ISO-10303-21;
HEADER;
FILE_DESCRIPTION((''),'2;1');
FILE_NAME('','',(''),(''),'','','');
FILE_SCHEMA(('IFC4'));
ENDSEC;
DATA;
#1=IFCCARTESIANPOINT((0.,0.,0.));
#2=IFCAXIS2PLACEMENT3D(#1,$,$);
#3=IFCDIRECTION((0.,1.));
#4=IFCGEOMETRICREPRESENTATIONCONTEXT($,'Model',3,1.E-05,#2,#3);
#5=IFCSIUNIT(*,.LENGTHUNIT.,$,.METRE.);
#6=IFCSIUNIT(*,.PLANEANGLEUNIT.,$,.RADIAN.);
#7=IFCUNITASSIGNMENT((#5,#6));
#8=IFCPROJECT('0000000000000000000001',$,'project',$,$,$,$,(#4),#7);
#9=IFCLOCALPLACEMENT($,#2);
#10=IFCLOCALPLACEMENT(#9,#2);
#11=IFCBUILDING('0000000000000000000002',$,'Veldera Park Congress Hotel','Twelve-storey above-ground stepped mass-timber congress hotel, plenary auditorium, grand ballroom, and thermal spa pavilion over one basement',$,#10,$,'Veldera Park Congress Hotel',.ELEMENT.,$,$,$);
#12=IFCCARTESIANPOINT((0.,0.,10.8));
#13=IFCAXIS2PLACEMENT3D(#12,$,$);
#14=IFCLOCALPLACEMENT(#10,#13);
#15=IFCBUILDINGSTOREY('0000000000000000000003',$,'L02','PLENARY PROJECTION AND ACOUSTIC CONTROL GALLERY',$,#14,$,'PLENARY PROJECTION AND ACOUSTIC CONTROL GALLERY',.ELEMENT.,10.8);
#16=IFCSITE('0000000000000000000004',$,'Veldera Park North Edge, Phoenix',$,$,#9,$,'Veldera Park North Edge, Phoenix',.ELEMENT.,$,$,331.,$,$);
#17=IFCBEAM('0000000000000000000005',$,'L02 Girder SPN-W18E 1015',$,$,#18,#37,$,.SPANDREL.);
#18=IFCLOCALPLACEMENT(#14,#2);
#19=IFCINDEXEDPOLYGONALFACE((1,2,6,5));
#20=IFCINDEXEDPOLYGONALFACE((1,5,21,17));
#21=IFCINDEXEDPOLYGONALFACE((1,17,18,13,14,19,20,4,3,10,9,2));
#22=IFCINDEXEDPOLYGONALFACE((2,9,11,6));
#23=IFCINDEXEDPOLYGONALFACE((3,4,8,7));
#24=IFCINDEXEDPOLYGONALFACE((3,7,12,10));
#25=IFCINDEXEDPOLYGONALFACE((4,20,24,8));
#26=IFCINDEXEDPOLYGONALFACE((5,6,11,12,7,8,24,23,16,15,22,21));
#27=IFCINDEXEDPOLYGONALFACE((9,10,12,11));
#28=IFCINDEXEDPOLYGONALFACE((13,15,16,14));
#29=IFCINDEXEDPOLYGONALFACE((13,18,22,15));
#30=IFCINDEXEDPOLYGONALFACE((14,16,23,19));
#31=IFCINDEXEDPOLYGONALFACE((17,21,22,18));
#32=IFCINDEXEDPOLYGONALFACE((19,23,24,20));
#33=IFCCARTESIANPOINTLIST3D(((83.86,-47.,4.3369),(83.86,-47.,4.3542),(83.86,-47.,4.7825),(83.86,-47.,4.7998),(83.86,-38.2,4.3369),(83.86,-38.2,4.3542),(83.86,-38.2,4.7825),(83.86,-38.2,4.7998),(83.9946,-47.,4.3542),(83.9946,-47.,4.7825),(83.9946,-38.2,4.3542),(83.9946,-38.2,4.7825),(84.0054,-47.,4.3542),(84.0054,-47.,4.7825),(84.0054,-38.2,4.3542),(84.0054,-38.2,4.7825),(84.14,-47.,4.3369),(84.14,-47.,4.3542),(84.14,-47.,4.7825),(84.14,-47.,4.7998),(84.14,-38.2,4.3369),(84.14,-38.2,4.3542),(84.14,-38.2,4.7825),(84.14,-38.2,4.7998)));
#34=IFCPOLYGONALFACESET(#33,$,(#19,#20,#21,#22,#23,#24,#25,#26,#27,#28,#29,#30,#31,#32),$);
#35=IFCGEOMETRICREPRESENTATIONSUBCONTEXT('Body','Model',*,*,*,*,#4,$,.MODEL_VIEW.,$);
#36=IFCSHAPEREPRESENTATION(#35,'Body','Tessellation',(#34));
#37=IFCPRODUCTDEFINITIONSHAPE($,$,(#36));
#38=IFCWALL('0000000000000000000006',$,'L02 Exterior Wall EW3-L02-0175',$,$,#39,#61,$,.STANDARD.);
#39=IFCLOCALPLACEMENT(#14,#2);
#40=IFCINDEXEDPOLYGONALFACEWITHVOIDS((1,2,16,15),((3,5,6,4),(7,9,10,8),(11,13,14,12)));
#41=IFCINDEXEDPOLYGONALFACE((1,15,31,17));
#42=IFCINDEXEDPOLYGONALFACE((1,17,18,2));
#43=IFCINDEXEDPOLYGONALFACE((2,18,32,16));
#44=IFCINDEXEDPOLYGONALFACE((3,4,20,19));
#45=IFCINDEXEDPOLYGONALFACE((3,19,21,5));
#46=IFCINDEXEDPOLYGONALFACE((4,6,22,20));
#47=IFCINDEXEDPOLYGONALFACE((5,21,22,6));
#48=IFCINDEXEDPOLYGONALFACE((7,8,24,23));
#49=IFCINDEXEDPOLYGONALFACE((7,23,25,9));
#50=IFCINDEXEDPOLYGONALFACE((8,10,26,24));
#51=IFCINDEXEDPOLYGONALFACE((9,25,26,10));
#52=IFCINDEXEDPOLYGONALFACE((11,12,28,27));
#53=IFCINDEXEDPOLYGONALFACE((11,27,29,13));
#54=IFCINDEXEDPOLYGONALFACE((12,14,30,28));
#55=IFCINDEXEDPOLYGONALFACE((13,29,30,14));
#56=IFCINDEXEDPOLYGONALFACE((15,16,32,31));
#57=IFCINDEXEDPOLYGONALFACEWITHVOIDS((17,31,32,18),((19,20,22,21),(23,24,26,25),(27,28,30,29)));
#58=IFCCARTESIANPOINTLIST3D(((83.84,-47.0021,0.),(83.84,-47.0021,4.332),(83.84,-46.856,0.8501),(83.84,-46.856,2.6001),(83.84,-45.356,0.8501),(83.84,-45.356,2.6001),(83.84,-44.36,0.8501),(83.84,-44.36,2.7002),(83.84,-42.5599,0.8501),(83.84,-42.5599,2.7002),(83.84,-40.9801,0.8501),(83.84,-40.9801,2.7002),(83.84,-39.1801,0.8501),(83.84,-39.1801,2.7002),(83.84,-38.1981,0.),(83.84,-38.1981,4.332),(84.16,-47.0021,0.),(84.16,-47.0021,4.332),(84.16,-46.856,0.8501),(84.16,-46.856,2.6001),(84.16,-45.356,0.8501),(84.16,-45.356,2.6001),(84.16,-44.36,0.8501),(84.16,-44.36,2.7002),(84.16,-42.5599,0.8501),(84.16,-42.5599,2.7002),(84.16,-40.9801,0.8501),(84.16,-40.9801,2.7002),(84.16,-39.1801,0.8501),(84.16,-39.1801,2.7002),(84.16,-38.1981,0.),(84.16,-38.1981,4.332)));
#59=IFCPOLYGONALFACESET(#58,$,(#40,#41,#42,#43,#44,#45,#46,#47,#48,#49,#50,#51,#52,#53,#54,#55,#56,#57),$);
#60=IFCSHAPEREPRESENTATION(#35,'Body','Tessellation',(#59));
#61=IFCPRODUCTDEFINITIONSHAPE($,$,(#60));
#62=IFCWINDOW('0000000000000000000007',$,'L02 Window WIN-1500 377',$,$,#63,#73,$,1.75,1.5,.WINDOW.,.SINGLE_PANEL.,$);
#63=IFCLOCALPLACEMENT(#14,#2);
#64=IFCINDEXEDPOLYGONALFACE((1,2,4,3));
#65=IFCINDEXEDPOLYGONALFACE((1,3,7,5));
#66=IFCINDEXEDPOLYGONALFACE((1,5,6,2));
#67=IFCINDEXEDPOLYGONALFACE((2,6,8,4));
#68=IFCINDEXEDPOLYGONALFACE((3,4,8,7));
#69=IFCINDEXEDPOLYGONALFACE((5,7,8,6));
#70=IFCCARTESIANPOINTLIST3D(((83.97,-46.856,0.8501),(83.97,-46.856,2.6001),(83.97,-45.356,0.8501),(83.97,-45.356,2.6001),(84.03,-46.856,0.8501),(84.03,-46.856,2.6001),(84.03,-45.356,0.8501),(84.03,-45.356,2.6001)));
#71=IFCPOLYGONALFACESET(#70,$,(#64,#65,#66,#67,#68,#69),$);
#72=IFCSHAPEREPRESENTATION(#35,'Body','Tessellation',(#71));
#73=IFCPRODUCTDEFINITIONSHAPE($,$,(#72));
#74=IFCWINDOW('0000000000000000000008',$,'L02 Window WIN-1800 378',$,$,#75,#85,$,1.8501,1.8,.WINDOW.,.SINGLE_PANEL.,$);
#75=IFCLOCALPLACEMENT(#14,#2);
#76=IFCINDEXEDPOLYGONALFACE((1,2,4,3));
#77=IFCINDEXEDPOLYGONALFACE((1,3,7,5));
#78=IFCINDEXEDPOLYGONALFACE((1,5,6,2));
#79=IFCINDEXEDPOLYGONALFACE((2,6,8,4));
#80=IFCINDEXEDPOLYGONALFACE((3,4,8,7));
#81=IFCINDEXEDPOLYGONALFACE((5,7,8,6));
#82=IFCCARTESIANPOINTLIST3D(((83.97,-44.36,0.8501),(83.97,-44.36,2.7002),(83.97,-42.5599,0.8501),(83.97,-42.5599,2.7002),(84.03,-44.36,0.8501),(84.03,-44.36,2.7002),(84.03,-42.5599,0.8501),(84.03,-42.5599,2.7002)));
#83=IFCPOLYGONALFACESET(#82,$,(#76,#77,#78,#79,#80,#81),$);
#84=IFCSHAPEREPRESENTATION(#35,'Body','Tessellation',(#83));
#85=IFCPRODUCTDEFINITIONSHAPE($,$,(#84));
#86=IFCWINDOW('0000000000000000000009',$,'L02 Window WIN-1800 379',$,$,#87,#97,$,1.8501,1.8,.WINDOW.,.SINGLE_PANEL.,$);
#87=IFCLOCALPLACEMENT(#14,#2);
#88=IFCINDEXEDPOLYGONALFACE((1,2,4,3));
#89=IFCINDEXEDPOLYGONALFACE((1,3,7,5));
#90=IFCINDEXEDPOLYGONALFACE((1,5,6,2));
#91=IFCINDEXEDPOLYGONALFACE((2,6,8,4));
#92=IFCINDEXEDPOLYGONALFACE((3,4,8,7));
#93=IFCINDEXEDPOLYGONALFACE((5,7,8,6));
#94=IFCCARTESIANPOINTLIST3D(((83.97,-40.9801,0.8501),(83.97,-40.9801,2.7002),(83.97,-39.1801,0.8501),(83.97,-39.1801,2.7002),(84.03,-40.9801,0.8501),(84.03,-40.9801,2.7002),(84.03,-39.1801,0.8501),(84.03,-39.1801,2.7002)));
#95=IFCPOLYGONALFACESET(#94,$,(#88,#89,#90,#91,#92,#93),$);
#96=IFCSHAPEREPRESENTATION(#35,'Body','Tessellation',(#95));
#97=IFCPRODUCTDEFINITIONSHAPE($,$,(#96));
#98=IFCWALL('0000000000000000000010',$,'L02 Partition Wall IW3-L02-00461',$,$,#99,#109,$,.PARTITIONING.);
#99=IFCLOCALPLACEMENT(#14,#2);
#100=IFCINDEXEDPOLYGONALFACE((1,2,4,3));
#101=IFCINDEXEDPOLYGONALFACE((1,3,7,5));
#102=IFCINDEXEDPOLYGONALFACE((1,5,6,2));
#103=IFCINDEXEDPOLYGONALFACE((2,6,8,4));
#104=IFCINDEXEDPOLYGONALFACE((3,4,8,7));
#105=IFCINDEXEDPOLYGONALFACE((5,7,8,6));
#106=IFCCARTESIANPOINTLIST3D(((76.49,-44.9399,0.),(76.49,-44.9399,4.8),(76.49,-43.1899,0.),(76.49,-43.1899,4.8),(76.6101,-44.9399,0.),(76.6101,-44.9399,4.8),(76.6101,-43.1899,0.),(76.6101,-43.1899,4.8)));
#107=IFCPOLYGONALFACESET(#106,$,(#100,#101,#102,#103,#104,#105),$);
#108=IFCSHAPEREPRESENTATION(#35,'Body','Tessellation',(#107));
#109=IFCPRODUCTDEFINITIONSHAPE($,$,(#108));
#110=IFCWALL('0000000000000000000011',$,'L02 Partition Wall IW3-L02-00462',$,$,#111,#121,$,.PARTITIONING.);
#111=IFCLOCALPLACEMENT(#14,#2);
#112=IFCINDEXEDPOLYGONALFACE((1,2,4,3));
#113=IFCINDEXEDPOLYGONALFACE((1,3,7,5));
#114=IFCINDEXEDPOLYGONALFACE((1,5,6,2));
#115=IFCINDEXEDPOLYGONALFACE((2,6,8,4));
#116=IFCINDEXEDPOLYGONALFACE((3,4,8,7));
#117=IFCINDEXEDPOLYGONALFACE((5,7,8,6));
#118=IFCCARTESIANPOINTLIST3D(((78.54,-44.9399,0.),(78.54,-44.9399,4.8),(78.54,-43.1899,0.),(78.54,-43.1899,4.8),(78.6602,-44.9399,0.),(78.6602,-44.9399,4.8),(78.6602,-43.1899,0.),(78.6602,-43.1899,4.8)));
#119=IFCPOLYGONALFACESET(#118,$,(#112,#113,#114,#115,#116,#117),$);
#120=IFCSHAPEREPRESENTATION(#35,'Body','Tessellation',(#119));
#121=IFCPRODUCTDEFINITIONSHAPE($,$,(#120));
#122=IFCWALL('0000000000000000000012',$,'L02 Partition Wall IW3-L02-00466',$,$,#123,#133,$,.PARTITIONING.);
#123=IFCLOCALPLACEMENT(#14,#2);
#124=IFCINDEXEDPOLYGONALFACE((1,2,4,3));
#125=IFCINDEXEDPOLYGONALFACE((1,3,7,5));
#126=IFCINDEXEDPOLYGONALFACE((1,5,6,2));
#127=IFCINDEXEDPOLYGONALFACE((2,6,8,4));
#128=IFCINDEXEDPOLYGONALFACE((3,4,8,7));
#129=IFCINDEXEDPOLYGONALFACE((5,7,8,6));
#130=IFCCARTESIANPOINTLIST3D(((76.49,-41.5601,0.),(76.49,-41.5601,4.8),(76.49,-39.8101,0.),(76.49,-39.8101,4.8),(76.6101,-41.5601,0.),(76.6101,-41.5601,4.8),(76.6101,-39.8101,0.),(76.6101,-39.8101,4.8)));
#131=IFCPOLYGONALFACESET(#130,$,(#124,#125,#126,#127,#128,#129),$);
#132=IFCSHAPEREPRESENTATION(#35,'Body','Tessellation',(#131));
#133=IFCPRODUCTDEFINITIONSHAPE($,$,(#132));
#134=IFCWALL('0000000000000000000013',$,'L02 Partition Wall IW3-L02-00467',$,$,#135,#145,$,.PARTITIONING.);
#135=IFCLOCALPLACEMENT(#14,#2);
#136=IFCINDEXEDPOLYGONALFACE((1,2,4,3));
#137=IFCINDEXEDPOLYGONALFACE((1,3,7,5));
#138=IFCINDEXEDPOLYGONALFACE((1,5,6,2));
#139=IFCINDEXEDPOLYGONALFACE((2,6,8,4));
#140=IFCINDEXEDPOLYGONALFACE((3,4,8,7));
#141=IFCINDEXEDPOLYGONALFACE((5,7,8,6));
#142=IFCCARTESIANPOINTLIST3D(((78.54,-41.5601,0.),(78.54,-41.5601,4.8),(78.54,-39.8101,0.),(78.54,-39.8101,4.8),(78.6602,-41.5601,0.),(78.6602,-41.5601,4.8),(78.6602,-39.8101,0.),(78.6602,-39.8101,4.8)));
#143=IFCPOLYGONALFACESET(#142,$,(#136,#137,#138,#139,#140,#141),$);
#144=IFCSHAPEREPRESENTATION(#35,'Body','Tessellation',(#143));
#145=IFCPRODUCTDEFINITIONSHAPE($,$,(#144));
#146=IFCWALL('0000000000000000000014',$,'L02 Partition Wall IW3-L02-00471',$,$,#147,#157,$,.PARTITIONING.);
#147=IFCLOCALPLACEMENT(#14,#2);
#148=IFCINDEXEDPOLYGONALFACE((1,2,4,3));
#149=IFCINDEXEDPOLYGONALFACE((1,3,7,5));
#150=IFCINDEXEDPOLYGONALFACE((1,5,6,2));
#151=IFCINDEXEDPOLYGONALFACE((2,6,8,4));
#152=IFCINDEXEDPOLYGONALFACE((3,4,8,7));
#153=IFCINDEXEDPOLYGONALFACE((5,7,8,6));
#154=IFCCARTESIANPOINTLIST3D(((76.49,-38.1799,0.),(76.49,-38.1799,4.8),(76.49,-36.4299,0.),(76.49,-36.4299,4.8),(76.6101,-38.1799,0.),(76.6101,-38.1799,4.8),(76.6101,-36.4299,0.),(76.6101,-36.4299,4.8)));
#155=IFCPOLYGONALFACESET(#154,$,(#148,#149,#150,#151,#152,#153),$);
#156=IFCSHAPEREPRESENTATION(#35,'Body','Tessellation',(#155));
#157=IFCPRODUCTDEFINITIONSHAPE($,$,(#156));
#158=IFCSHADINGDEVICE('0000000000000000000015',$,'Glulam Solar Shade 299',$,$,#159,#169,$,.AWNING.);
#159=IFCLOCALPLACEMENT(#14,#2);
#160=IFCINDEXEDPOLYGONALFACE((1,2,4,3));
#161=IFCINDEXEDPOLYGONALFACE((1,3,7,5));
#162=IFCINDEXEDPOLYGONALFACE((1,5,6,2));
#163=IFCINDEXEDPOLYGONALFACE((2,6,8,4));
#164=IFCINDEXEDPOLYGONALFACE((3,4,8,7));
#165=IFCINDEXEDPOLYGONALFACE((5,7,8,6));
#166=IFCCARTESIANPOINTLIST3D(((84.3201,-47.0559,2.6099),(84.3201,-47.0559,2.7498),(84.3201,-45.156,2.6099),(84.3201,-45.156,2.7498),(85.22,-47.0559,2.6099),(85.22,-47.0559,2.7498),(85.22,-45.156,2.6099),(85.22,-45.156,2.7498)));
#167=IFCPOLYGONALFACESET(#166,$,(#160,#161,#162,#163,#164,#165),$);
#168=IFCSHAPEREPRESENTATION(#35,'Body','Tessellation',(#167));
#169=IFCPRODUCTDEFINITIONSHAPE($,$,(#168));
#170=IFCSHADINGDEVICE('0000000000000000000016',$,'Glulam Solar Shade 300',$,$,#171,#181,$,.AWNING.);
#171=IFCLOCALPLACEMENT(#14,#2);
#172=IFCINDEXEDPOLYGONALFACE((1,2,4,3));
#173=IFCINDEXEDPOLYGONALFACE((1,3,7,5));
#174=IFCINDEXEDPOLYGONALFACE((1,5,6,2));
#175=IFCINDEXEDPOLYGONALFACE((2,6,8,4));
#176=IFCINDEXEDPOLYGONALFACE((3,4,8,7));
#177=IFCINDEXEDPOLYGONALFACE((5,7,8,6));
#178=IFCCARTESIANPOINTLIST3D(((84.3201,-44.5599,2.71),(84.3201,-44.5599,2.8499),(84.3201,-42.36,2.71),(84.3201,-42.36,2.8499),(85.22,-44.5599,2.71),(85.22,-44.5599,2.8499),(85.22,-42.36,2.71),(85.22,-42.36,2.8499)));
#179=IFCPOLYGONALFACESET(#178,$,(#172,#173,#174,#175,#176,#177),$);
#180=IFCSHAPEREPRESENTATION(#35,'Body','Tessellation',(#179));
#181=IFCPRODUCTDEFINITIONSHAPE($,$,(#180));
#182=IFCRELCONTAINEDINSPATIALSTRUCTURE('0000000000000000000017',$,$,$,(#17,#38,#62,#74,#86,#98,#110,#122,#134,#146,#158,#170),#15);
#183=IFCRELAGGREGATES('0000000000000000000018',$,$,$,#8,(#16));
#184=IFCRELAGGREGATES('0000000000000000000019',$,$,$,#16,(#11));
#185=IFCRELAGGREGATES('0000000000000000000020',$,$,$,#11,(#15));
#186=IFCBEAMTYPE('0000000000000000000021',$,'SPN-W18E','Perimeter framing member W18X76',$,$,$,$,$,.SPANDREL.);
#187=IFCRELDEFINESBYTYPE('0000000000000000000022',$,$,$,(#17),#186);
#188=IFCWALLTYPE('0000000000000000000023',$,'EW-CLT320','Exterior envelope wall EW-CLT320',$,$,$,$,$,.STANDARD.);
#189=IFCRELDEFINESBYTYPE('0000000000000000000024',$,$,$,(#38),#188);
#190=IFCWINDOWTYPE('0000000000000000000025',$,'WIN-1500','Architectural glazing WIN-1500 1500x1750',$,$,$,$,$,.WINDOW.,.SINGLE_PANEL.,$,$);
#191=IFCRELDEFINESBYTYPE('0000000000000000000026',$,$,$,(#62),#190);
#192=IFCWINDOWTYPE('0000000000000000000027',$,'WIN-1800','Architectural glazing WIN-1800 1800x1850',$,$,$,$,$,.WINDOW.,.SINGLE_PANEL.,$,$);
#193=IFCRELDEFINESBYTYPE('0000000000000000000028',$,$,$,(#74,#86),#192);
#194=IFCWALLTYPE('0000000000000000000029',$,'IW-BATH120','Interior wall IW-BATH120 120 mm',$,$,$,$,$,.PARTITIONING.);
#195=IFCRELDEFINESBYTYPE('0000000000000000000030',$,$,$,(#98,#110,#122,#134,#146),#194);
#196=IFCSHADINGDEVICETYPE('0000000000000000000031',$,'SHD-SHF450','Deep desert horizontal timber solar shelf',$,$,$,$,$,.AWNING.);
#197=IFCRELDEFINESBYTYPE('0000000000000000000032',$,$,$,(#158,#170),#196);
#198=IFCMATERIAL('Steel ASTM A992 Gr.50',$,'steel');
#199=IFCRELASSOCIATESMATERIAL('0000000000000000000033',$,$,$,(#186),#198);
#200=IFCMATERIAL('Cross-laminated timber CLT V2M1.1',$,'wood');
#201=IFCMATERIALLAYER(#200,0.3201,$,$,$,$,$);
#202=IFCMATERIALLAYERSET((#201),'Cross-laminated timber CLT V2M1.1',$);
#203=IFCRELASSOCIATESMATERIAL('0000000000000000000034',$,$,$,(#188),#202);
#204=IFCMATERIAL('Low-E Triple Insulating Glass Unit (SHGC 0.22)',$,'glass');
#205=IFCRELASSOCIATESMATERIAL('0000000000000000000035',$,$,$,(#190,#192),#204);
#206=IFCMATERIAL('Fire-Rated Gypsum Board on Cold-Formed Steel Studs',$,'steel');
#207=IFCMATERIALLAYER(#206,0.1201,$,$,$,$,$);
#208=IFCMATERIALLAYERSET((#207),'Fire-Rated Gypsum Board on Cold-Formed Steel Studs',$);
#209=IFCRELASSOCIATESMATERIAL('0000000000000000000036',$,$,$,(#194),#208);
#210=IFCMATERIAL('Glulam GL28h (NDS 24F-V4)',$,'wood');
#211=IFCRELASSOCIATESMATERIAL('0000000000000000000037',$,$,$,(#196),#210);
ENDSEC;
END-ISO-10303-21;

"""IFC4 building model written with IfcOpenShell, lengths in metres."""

from ifc_helpers import new_model, si_unit, direction, frame, frame_2d, origin, origin_2d, place, context, subcontext, project, spatial, rectangle, i_section, extrude, material, layer, layer_set, material_profile, profile_set, type_object, element, fill, save


model = new_model("IFC4")

# Units and contexts
model_context = context("Model", 3, precision=1e-05, world=origin(), true_north=direction((0.0, 1.0)))
body_context = subcontext(model_context, "Body", "Model", "MODEL_VIEW")
ifc_project = project(units=[si_unit("LENGTHUNIT", "METRE"), si_unit("PLANEANGLEUNIT", "RADIAN")], contexts=[model_context])

# Site, building, storey
site_placement = place(None, origin())
site = spatial("IfcSite", under=ifc_project, at=site_placement, Name="Veldera Park North Edge, Phoenix", LongName="Veldera Park North Edge, Phoenix", CompositionType="ELEMENT", RefElevation=331.0)
building_placement = place(site_placement, origin())
building = spatial("IfcBuilding", under=site, at=building_placement, Name="Veldera Park Congress Hotel", Description="Twelve-storey above-ground stepped mass-timber congress hotel, plenary auditorium, grand ballroom, and thermal spa pavilion over one basement", LongName="Veldera Park Congress Hotel", CompositionType="ELEMENT")
storey_placement = place(building_placement, frame((0.0, 0.0, 10.8)))
storey = spatial("IfcBuildingStorey", under=building, at=storey_placement, Name="L02", Description="PLENARY PROJECTION AND ACOUSTIC CONTROL GALLERY", LongName="PLENARY PROJECTION AND ACOUSTIC CONTROL GALLERY", CompositionType="ELEMENT", Elevation=10.8)

# Beam
ifc_material_1 = material(Name="Steel ASTM A992 Gr.50", Category="steel")
ifc_material_profile = material_profile(ifc_material_1, i_section(OverallWidth=0.28, OverallDepth=0.4629, WebThickness=0.0107, FlangeThickness=0.0173, at=origin_2d()), Name="W18X76")
ifc_profile_set = profile_set([ifc_material_profile], Name="Steel ASTM A992 Gr.50")
beam_type = type_object("IfcBeamType", Name="SPN-W18E", Description="Perimeter framing member W18X76", PredefinedType="SPANDREL", material=ifc_profile_set)
beam_placement = place(storey_placement, frame((84.0, -47.0, 4.5684), z_axis=(0.0, 1.0, 0.0), x_axis=(-1.0, 0.0, 0.0)))
element("IfcBeam", 1, at=beam_placement, inside=storey, type_object=beam_type, Name="L02 Girder SPN-W18E 1015", PredefinedType="SPANDREL", context=body_context, shape_type="SweptSolid", body=[
    extrude(i_section(OverallWidth=0.28, OverallDepth=0.4629, WebThickness=0.0107, FlangeThickness=0.0173, at=origin_2d()), origin(), (0.0, 0.0, 1.0), 8.8),
])

# Wall, openings, windows
ifc_material_2 = material(Name="Cross-laminated timber CLT V2M1.1", Category="wood")
ifc_layer_1 = layer(ifc_material_2, 0.3201)
ifc_layer_set_1 = layer_set([ifc_layer_1], Name="Cross-laminated timber CLT V2M1.1")
wall_type_1 = type_object("IfcWallType", Name="EW-CLT320", Description="Exterior envelope wall EW-CLT320", PredefinedType="STANDARD", material=ifc_layer_set_1)
wall_1_placement = place(storey_placement, frame((84.0, -47.002, 0.0), z_axis=(0.0, 0.0, 1.0), x_axis=(0.0, 1.0, 0.0)))
wall_1 = element("IfcWall", 2, at=wall_1_placement, inside=storey, type_object=wall_type_1, Name="L02 Exterior Wall EW3-L02-0175", PredefinedType="STANDARD", context=body_context, shape_type="SweptSolid", body=[
    extrude(rectangle(XDim=8.804, YDim=0.3201, at=frame_2d((4.4019, 0.0))), origin(), (0.0, 0.0, 1.0), 4.332),
])
opening_1_placement = place(wall_1_placement, frame((0.146, 0.0, 0.8501)))
opening_1 = element("IfcOpeningElement", 3, at=opening_1_placement, cuts=wall_1, PredefinedType="OPENING", context=body_context, shape_type="SweptSolid", body=[
    extrude(rectangle(XDim=1.5, YDim=1.75, at=frame_2d((0.75, 0.875))), frame((0.0, 0.1721, 0.0), z_axis=(0.0, -1.0, 0.0), x_axis=(1.0, 0.0, 0.0)), (0.0, 0.0, 1.0), 0.344),
])
opening_2_placement = place(wall_1_placement, frame((2.6421, 0.0, 0.8501)))
opening_2 = element("IfcOpeningElement", 4, at=opening_2_placement, cuts=wall_1, PredefinedType="OPENING", context=body_context, shape_type="SweptSolid", body=[
    extrude(rectangle(XDim=1.8, YDim=1.8501, at=frame_2d((0.8999, 0.925))), frame((0.0, 0.1721, 0.0), z_axis=(0.0, -1.0, 0.0), x_axis=(1.0, 0.0, 0.0)), (0.0, 0.0, 1.0), 0.344),
])
opening_3_placement = place(wall_1_placement, frame((6.022, 0.0, 0.8501)))
opening_3 = element("IfcOpeningElement", 5, at=opening_3_placement, cuts=wall_1, PredefinedType="OPENING", context=body_context, shape_type="SweptSolid", body=[
    extrude(rectangle(XDim=1.8, YDim=1.8501, at=frame_2d((0.8999, 0.925))), frame((0.0, 0.1721, 0.0), z_axis=(0.0, -1.0, 0.0), x_axis=(1.0, 0.0, 0.0)), (0.0, 0.0, 1.0), 0.344),
])
ifc_material_3 = material(Name="Low-E Triple Insulating Glass Unit (SHGC 0.22)", Category="glass")
window_type_1 = type_object("IfcWindowType", Name="WIN-1500", Description="Architectural glazing WIN-1500 1500x1750", PartitioningType="SINGLE_PANEL", PredefinedType="WINDOW", material=ifc_material_3)
window_1_placement = place(opening_1_placement, origin())
window_1 = element("IfcWindow", 6, at=window_1_placement, inside=storey, type_object=window_type_1, Name="L02 Window WIN-1500 377", OverallHeight=1.75, OverallWidth=1.5, PartitioningType="SINGLE_PANEL", PredefinedType="WINDOW", context=body_context, shape_type="SweptSolid", body=[
    extrude(rectangle(XDim=1.5, YDim=1.75, at=frame_2d((0.75, 0.875))), frame((0.0, 0.03, 0.0), z_axis=(0.0, -1.0, 0.0), x_axis=(1.0, 0.0, 0.0)), (0.0, 0.0, 1.0), 0.0601),
])
fill(opening_1, window_1)
window_type_2 = type_object("IfcWindowType", Name="WIN-1800", Description="Architectural glazing WIN-1800 1800x1850", PartitioningType="SINGLE_PANEL", PredefinedType="WINDOW", material=ifc_material_3)
window_2_placement = place(opening_2_placement, origin())
window_2 = element("IfcWindow", 7, at=window_2_placement, inside=storey, type_object=window_type_2, Name="L02 Window WIN-1800 378", OverallHeight=1.8501, OverallWidth=1.8, PartitioningType="SINGLE_PANEL", PredefinedType="WINDOW", context=body_context, shape_type="SweptSolid", body=[
    extrude(rectangle(XDim=1.8, YDim=1.8501, at=frame_2d((0.8999, 0.925))), frame((0.0, 0.03, 0.0), z_axis=(0.0, -1.0, 0.0), x_axis=(1.0, 0.0, 0.0)), (0.0, 0.0, 1.0), 0.0601),
])
fill(opening_2, window_2)
window_3_placement = place(opening_3_placement, origin())
window_3 = element("IfcWindow", 8, at=window_3_placement, inside=storey, type_object=window_type_2, Name="L02 Window WIN-1800 379", OverallHeight=1.8501, OverallWidth=1.8, PartitioningType="SINGLE_PANEL", PredefinedType="WINDOW", context=body_context, shape_type="SweptSolid", body=[
    extrude(rectangle(XDim=1.8, YDim=1.8501, at=frame_2d((0.8999, 0.925))), frame((0.0, 0.03, 0.0), z_axis=(0.0, -1.0, 0.0), x_axis=(1.0, 0.0, 0.0)), (0.0, 0.0, 1.0), 0.0601),
])
fill(opening_3, window_3)

# Shared definitions
ifc_material_4 = material(Name="Fire-Rated Gypsum Board on Cold-Formed Steel Studs", Category="steel")
ifc_layer_2 = layer(ifc_material_4, 0.1201)
ifc_layer_set_2 = layer_set([ifc_layer_2], Name="Fire-Rated Gypsum Board on Cold-Formed Steel Studs")
wall_type_2 = type_object("IfcWallType", Name="IW-BATH120", Description="Interior wall IW-BATH120 120 mm", PredefinedType="PARTITIONING", material=ifc_layer_set_2)

# Walls
for number, where, z_axis, x_axis, name in (
    (9, (76.55, -44.9399, 0.0), (0.0, 0.0, 1.0), (0.0, 1.0, 0.0), "L02 Partition Wall IW3-L02-00461"),
    (10, (78.6001, -44.9399, 0.0), (0.0, 0.0, 1.0), (0.0, 1.0, 0.0), "L02 Partition Wall IW3-L02-00462"),
):
    element("IfcWall", number, at=place(storey_placement, frame(where, z_axis=z_axis, x_axis=x_axis)), inside=storey, type_object=wall_type_2, Name=name, PredefinedType="PARTITIONING", context=body_context, shape_type="SweptSolid", body=[
        extrude(rectangle(XDim=1.75, YDim=0.1201, at=frame_2d((0.875, 0.0))), origin(), (0.0, 0.0, 1.0), 4.8),
    ])

# Walls
for number, where, z_axis, x_axis, name in (
    (11, (76.55, -41.5601, 0.0), (0.0, 0.0, 1.0), (0.0, 1.0, 0.0), "L02 Partition Wall IW3-L02-00466"),
    (12, (78.6001, -41.5601, 0.0), (0.0, 0.0, 1.0), (0.0, 1.0, 0.0), "L02 Partition Wall IW3-L02-00467"),
):
    element("IfcWall", number, at=place(storey_placement, frame(where, z_axis=z_axis, x_axis=x_axis)), inside=storey, type_object=wall_type_2, Name=name, PredefinedType="PARTITIONING", context=body_context, shape_type="SweptSolid", body=[
        extrude(rectangle(XDim=1.75, YDim=0.1201, at=frame_2d((0.875, 0.0))), origin(), (0.0, 0.0, 1.0), 4.8),
    ])

# Wall
wall_2_placement = place(storey_placement, frame((76.55, -38.1799, 0.0), z_axis=(0.0, 0.0, 1.0), x_axis=(0.0, 1.0, 0.0)))
element("IfcWall", 13, at=wall_2_placement, inside=storey, type_object=wall_type_2, Name="L02 Partition Wall IW3-L02-00471", PredefinedType="PARTITIONING", context=body_context, shape_type="SweptSolid", body=[
    extrude(rectangle(XDim=1.75, YDim=0.1201, at=frame_2d((0.875, 0.0))), origin(), (0.0, 0.0, 1.0), 4.8),
])

# Shading devices
ifc_material_5 = material(Name="Glulam GL28h (NDS 24F-V4)", Category="wood")
shading_device_type = type_object("IfcShadingDeviceType", Name="SHD-SHF450", Description="Deep desert horizontal timber solar shelf", PredefinedType="AWNING", material=ifc_material_5)
shading_device_placement = place(storey_placement, frame((84.77, -46.106, 2.6099), z_axis=(0.0, 0.0, 1.0), x_axis=(0.0, 1.0, 0.0)))
element("IfcShadingDevice", 14, at=shading_device_placement, inside=storey, type_object=shading_device_type, Name="Glulam Solar Shade 299", PredefinedType="AWNING", context=body_context, shape_type="SweptSolid", body=[
    extrude(rectangle(XDim=1.8999, YDim=0.8999, at=origin_2d()), origin(), (0.0, 0.0, 1.0), 0.1399),
])
for number, where, z_axis, x_axis, name in (
    (15, (84.77, -43.46, 2.71), (0.0, 0.0, 1.0), (0.0, 1.0, 0.0), "Glulam Solar Shade 300"),
):
    element("IfcShadingDevice", number, at=place(storey_placement, frame(where, z_axis=z_axis, x_axis=x_axis)), inside=storey, type_object=shading_device_type, Name=name, PredefinedType="AWNING", context=body_context, shape_type="SweptSolid", body=[
        extrude(rectangle(XDim=2.2, YDim=0.8999, at=origin_2d()), origin(), (0.0, 0.0, 1.0), 0.1399),
    ])

save(model, "model.ifc")
